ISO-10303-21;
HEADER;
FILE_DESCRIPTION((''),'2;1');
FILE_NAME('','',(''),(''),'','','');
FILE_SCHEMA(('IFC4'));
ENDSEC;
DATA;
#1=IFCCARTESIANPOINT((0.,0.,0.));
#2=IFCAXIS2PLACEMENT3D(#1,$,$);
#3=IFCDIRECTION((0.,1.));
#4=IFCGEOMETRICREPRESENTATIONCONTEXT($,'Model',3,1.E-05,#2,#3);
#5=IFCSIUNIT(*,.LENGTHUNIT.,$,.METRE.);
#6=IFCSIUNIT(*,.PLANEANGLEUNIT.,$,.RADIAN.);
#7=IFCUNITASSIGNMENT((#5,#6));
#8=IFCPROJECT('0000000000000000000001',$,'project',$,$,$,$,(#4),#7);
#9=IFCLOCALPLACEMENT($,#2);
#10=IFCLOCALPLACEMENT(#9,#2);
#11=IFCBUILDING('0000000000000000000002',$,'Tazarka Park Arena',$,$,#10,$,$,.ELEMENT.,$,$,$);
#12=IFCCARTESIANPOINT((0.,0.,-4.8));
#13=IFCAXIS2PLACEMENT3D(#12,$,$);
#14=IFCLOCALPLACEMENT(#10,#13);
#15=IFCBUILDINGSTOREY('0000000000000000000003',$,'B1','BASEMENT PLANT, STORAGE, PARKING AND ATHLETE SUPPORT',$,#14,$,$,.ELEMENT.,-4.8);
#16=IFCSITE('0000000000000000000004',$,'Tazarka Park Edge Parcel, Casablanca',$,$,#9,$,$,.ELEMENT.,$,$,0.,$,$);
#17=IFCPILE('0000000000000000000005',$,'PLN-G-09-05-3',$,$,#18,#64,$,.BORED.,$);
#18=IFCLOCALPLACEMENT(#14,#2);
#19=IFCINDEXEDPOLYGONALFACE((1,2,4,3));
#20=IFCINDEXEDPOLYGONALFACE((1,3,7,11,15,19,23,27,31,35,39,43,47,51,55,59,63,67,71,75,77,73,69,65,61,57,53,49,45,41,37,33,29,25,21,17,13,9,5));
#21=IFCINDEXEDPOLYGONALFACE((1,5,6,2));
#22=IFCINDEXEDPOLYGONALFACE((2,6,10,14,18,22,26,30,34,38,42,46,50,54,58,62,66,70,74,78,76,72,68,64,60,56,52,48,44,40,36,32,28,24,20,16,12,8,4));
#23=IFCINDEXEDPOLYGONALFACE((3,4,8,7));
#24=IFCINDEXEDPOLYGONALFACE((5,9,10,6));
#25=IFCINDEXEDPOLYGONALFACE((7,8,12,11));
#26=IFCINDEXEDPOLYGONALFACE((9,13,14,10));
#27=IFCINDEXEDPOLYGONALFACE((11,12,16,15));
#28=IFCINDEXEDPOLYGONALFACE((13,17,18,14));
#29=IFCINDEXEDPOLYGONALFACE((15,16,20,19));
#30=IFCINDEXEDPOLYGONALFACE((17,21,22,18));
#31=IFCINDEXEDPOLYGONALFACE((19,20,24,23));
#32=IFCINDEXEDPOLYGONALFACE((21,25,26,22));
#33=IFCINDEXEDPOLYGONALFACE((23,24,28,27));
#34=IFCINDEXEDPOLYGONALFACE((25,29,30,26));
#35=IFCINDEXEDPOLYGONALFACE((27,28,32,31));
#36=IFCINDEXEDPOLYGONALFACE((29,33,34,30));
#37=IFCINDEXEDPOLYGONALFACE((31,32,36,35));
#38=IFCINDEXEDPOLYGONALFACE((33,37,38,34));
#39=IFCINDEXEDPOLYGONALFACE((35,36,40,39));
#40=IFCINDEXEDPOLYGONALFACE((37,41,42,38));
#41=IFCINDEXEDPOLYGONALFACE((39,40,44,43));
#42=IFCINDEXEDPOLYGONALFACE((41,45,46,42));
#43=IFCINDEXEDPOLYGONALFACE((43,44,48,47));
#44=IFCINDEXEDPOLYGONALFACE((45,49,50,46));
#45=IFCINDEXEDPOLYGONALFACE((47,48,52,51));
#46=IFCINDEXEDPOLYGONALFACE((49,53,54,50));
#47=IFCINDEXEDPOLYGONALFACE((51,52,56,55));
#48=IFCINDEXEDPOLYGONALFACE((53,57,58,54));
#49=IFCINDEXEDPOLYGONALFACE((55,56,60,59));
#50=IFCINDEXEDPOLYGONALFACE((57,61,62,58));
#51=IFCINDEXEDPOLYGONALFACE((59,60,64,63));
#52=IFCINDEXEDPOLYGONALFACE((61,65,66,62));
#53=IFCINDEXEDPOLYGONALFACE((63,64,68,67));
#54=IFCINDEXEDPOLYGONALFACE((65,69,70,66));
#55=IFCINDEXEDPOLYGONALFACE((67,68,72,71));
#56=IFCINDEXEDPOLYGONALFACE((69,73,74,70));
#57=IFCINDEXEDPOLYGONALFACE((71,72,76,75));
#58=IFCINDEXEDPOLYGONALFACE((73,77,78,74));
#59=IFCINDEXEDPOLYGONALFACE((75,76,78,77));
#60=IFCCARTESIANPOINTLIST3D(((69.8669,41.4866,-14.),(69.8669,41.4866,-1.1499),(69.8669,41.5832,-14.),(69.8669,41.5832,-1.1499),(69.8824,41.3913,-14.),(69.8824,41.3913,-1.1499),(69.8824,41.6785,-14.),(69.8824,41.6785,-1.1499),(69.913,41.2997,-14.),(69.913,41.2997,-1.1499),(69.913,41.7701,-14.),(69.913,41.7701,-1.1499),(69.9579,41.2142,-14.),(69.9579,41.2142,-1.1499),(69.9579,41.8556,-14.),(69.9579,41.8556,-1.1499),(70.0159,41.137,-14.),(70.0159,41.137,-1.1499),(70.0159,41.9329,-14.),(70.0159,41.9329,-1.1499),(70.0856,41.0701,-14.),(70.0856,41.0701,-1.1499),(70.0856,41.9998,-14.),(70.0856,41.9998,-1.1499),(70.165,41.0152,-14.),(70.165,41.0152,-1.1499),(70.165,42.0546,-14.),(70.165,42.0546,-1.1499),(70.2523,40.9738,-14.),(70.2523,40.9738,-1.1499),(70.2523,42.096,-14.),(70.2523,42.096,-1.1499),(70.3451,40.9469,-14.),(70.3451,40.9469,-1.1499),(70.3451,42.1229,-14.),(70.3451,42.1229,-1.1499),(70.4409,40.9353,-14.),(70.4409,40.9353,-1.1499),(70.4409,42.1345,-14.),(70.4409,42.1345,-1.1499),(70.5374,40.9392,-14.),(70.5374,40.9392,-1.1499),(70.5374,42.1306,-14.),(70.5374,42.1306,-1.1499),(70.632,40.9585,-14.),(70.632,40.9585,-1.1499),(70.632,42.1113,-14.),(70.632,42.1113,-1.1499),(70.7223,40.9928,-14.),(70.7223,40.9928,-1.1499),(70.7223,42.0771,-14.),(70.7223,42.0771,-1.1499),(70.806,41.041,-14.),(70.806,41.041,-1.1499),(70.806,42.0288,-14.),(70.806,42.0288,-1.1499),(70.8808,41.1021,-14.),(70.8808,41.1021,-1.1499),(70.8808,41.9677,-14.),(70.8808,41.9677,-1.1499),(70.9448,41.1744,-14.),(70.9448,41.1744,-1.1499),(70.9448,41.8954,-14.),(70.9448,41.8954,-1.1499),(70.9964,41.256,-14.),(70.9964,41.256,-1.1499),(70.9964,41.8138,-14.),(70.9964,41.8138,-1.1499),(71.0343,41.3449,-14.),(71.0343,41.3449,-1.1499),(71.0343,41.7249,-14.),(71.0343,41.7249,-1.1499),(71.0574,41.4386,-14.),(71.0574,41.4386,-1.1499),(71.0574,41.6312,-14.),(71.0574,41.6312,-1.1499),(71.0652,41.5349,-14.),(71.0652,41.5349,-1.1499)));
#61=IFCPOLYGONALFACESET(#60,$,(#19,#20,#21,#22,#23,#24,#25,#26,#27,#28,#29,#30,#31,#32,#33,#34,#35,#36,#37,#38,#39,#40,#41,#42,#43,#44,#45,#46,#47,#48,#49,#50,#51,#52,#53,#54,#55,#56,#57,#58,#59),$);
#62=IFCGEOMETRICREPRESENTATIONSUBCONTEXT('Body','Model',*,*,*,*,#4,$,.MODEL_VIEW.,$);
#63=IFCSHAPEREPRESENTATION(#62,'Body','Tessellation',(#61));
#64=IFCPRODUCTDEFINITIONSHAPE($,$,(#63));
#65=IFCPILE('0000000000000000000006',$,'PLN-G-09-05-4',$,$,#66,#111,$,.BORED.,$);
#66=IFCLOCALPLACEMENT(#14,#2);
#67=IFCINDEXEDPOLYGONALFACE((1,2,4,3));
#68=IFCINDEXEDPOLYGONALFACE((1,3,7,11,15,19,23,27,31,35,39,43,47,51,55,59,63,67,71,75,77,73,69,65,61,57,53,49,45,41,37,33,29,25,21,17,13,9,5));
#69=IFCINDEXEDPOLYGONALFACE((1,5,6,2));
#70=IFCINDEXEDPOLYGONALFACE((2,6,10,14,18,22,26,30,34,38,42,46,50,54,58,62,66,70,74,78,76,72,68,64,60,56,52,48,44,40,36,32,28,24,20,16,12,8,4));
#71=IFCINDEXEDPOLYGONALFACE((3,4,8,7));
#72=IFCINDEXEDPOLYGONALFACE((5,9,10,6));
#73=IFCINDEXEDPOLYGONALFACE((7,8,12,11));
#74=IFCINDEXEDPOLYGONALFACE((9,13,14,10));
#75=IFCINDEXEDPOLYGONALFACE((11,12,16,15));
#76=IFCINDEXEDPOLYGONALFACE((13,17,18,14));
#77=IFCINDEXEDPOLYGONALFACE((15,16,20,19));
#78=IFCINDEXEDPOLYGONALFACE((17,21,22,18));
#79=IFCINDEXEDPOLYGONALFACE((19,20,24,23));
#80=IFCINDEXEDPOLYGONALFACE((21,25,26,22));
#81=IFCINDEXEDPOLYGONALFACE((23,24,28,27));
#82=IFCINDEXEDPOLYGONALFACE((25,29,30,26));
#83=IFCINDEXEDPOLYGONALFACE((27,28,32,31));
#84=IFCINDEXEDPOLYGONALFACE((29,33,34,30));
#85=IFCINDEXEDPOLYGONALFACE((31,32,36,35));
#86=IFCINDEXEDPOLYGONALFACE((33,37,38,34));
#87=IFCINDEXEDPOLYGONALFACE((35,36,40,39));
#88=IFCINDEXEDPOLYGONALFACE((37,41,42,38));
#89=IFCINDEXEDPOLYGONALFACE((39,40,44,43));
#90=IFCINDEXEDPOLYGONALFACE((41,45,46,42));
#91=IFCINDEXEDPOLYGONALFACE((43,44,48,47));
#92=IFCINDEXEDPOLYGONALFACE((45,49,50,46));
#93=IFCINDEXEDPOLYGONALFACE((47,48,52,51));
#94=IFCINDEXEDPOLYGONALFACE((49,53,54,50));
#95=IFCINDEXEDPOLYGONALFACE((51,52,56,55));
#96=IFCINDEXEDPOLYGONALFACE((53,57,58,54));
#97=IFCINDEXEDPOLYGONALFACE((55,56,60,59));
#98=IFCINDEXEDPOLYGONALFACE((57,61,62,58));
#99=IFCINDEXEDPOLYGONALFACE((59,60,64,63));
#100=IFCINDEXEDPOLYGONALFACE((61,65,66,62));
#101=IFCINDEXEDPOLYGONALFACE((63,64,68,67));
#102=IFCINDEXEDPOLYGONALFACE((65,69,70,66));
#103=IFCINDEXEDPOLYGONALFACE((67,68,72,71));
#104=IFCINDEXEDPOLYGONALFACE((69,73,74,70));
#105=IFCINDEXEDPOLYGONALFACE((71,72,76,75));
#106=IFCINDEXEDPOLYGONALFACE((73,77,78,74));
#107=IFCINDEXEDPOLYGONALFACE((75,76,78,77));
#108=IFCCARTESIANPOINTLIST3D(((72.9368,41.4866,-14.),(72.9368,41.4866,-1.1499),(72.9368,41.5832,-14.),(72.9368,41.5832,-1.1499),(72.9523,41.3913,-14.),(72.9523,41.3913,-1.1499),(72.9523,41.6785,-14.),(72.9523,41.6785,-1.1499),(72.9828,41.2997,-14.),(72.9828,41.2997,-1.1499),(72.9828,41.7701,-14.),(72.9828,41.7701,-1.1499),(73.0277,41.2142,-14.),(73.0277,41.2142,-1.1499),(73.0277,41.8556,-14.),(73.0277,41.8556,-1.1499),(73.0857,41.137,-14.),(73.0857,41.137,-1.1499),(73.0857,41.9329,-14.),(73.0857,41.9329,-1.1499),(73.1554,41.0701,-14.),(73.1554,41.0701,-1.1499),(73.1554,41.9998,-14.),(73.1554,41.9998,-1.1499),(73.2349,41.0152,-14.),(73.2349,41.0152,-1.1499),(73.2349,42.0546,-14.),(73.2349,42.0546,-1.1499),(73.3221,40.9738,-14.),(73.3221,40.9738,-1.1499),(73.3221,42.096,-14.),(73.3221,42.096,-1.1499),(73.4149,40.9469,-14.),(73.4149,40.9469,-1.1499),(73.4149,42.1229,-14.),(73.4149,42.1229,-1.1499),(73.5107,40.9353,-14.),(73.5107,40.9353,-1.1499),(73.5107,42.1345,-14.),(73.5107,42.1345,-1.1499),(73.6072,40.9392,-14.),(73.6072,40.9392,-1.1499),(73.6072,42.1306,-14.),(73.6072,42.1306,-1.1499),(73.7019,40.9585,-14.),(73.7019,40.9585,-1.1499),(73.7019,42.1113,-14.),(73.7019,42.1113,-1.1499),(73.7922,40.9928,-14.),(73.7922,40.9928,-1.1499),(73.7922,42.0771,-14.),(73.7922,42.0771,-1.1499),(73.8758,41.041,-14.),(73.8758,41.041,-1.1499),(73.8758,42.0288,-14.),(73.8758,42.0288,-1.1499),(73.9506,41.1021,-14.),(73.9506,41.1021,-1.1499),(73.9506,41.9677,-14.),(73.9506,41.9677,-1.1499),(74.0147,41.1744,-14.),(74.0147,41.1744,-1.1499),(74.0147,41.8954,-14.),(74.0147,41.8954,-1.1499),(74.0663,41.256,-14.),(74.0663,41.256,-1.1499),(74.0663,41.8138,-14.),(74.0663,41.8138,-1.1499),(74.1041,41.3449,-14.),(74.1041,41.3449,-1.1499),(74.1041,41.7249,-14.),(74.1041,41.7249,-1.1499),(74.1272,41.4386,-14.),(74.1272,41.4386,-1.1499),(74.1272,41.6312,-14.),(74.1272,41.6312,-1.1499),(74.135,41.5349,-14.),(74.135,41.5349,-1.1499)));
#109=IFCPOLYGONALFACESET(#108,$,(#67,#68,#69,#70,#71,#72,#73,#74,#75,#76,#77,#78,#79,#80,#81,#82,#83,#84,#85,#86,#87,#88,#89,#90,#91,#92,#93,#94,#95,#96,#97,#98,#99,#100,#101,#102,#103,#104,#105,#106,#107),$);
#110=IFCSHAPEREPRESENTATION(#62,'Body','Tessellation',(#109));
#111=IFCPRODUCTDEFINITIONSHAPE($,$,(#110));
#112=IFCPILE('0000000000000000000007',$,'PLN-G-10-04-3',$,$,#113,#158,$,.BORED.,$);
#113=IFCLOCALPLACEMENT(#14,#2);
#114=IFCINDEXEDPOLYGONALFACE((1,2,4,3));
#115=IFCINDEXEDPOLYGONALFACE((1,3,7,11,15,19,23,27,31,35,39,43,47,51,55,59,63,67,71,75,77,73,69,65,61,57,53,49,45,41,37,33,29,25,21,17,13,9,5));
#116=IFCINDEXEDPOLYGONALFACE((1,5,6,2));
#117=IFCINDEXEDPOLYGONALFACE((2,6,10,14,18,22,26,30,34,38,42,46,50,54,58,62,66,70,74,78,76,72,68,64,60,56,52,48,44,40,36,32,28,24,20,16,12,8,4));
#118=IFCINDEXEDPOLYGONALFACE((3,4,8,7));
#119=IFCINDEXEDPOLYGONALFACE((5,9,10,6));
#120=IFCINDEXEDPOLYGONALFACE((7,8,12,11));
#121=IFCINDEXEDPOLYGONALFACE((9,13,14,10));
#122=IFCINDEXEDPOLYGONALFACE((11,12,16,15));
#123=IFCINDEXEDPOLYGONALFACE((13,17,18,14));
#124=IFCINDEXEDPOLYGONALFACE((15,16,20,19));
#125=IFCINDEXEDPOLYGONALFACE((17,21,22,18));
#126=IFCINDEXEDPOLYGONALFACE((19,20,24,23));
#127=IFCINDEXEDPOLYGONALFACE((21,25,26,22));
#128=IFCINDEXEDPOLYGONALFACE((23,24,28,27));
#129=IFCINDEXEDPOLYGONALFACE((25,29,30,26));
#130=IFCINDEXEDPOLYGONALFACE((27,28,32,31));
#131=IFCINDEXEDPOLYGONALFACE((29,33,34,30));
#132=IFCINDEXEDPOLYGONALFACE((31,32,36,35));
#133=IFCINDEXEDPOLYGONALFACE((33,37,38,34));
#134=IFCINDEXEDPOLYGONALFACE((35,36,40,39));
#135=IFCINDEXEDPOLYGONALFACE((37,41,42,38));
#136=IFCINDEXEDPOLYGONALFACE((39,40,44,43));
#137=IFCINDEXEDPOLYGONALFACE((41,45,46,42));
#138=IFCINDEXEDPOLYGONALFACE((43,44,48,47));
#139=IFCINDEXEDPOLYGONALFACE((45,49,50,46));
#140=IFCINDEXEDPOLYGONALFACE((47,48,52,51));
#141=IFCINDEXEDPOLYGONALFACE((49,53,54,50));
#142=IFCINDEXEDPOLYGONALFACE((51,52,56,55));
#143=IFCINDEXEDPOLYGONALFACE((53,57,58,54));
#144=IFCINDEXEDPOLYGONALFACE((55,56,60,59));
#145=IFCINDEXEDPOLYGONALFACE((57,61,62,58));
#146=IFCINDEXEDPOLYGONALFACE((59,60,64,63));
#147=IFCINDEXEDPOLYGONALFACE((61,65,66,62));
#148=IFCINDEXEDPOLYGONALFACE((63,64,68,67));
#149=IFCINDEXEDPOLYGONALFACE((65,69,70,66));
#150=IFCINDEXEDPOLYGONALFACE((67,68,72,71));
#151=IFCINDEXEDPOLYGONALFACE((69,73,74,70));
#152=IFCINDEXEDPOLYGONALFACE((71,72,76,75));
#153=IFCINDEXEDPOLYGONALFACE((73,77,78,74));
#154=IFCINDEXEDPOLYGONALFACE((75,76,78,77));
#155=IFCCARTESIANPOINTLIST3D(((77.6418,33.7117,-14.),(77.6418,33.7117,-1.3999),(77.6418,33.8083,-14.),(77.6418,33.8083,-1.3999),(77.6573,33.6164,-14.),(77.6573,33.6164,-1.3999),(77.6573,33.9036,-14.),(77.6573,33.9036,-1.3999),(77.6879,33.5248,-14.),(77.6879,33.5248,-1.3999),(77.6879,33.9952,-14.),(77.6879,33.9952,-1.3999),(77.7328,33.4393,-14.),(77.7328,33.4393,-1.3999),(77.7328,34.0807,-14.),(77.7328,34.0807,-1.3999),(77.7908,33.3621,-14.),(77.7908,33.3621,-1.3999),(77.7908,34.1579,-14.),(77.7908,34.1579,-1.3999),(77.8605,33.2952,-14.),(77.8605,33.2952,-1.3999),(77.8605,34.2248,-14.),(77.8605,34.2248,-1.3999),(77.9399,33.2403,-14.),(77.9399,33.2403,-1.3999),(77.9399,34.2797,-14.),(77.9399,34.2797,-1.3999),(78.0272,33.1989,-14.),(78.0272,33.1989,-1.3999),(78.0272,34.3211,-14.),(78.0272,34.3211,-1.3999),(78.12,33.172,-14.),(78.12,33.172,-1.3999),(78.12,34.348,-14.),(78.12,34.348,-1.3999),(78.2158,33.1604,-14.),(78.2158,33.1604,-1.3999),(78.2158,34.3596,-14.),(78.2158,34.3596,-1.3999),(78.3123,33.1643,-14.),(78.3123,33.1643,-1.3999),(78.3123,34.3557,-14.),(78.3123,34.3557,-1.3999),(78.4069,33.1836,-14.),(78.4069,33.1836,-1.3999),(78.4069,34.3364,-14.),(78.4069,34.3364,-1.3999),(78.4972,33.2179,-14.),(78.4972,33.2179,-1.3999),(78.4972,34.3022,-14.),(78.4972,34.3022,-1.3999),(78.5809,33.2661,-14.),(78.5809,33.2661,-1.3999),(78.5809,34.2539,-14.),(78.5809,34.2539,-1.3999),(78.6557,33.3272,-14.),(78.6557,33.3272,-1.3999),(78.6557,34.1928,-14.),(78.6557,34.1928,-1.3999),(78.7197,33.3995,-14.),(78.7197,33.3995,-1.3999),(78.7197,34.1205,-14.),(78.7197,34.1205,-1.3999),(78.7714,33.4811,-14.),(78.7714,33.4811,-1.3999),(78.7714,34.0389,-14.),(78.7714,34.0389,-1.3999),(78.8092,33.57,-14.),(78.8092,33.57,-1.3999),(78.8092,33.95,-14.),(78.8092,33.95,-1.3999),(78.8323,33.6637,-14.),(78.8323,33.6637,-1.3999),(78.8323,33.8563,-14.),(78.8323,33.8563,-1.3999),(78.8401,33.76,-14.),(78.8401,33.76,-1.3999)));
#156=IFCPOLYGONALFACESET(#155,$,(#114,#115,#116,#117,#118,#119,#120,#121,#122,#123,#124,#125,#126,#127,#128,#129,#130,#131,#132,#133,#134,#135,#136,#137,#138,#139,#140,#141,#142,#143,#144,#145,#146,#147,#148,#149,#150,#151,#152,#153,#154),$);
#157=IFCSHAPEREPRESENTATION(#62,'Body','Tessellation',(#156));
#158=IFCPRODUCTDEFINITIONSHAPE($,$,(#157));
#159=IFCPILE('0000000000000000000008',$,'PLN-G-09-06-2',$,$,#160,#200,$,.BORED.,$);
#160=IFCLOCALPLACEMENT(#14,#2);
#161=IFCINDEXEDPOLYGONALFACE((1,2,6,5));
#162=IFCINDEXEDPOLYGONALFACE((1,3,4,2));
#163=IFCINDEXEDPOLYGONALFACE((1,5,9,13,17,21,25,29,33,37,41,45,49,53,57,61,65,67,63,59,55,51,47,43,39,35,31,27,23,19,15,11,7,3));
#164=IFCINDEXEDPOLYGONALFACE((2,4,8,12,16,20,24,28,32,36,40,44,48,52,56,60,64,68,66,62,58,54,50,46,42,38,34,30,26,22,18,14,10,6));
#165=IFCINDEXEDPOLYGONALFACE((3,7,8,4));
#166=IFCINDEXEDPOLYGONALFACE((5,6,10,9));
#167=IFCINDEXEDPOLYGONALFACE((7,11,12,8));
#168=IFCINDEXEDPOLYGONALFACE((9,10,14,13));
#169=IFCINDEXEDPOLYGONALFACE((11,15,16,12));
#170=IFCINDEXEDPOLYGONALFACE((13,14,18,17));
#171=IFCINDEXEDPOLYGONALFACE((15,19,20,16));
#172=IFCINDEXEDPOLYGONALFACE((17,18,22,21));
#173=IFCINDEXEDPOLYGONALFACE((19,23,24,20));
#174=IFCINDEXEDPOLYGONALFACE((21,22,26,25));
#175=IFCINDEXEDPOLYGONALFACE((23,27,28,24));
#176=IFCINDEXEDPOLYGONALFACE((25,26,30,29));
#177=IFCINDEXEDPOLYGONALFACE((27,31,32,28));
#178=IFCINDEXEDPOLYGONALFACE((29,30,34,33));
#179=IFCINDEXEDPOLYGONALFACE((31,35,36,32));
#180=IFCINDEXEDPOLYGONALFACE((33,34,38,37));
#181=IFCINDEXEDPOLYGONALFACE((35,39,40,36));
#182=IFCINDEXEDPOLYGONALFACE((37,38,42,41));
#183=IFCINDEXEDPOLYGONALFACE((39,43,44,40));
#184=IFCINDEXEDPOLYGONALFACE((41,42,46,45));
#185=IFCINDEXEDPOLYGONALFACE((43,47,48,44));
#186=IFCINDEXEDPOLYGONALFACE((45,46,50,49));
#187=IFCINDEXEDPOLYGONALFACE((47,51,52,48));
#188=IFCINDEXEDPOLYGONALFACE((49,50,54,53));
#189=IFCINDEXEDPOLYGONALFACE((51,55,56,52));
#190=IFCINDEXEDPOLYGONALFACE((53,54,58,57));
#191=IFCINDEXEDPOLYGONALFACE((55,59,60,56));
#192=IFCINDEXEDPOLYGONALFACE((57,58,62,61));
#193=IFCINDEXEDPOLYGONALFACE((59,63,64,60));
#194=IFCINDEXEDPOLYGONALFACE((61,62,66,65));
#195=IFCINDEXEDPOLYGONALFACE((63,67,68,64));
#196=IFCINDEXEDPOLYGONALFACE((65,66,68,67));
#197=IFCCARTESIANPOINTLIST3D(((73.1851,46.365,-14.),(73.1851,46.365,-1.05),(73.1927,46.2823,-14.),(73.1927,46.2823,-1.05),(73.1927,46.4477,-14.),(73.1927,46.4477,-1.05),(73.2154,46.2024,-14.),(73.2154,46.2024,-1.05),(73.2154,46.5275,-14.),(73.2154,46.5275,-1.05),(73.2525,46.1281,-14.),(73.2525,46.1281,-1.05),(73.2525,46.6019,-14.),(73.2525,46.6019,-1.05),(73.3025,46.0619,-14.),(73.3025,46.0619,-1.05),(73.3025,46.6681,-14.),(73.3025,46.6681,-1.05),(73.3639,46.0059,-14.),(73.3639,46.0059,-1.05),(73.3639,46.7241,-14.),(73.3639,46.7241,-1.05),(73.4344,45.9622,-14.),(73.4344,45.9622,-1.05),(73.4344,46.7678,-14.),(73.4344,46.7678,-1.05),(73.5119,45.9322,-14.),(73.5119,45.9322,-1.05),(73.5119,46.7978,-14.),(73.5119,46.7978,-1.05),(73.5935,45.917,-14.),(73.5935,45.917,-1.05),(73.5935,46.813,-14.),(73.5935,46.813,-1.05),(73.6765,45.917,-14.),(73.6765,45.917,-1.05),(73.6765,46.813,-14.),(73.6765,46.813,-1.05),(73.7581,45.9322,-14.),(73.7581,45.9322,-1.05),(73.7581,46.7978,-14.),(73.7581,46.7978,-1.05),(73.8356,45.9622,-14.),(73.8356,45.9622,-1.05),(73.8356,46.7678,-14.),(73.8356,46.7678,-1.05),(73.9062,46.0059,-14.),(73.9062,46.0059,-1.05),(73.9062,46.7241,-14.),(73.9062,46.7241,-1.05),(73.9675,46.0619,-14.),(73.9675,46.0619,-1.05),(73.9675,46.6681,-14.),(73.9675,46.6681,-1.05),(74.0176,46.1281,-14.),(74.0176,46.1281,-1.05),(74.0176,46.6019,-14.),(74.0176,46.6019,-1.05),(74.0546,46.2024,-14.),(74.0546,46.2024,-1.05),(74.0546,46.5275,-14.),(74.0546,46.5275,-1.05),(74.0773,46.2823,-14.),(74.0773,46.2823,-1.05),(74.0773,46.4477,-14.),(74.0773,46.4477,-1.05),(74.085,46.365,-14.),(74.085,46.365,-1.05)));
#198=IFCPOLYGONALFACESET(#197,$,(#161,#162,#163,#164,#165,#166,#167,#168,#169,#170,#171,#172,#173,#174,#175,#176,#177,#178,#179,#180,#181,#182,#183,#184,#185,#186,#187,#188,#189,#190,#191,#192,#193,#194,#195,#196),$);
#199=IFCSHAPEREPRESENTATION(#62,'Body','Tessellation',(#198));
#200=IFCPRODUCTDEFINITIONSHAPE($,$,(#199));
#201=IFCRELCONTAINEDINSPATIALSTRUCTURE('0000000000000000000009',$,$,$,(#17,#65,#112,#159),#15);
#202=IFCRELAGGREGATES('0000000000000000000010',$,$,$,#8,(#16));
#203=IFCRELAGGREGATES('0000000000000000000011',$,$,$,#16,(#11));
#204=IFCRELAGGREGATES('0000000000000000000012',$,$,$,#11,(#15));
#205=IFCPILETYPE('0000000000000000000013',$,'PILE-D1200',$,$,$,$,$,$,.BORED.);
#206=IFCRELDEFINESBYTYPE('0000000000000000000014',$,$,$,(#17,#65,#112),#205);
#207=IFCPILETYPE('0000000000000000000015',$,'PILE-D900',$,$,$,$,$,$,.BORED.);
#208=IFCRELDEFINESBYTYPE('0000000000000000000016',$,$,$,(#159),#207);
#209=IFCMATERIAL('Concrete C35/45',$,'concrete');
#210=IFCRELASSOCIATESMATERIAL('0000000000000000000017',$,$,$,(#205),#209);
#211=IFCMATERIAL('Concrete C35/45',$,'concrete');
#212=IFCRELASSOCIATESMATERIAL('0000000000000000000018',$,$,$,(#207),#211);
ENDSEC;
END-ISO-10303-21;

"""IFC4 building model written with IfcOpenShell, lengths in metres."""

from ifc_helpers import new_model, si_unit, direction, frame, origin, origin_2d, place, context, subcontext, project, spatial, circle, extrude, material, material_profile, profile_set, type_object, element, save


model = new_model("IFC4")

# Units and contexts
model_context = context("Model", 3, precision=1e-05, world=origin(), true_north=direction((0.0, 1.0)))
body_context = subcontext(model_context, "Body", "Model", "MODEL_VIEW")
ifc_project = project(units=[si_unit("LENGTHUNIT", "METRE"), si_unit("PLANEANGLEUNIT", "RADIAN")], contexts=[model_context])

# Site, building, storey
site_placement = place(None, origin())
site = spatial("IfcSite", under=ifc_project, at=site_placement, Name="Tazarka Park Edge Parcel, Casablanca", CompositionType="ELEMENT", RefElevation=0.0)
building_placement = place(site_placement, origin())
building = spatial("IfcBuilding", under=site, at=building_placement, Name="Tazarka Park Arena", CompositionType="ELEMENT")
storey_placement = place(building_placement, frame((0.0, 0.0, -4.8)))
storey = spatial("IfcBuildingStorey", under=building, at=storey_placement, Name="B1", Description="BASEMENT PLANT, STORAGE, PARKING AND ATHLETE SUPPORT", CompositionType="ELEMENT", Elevation=-4.8)

# Piles
ifc_material_1 = material(Name="Concrete C35/45", Category="concrete")
ifc_material_profile_1 = material_profile(ifc_material_1, circle(Radius=0.6001, at=origin_2d()), Name="Concrete C35/45")
ifc_profile_set_1 = profile_set([ifc_material_profile_1], Name="Concrete C35/45")
pile_type_1 = type_object("IfcPileType", Name="PILE-D1200", PredefinedType="BORED", material=ifc_profile_set_1)
for number, where, z_axis, x_axis, name in (
    (1, (70.4651, 41.5349, -1.1499), (0.0, 0.0, -1.0), (1.0, 0.0, 0.0), "PLN-G-09-05-3"),
    (2, (73.5349, 41.5349, -1.1499), (0.0, 0.0, -1.0), (1.0, 0.0, 0.0), "PLN-G-09-05-4"),
):
    element("IfcPile", number, at=place(storey_placement, frame(where, z_axis=z_axis, x_axis=x_axis)), inside=storey, type_object=pile_type_1, Name=name, PredefinedType="BORED", context=body_context, shape_type="SweptSolid", body=[
        extrude(circle(Radius=0.6001, at=origin_2d()), origin(), (0.0, 0.0, 1.0), 12.8501),
    ])
pile_1_placement = place(storey_placement, frame((78.24, 33.76, -1.3999), z_axis=(0.0, 0.0, -1.0), x_axis=(1.0, 0.0, 0.0)))
element("IfcPile", 3, at=pile_1_placement, inside=storey, type_object=pile_type_1, Name="PLN-G-10-04-3", PredefinedType="BORED", context=body_context, shape_type="SweptSolid", body=[
    extrude(circle(Radius=0.6001, at=origin_2d()), origin(), (0.0, 0.0, 1.0), 12.6001),
])
ifc_material_2 = material(Name="Concrete C35/45", Category="concrete")
ifc_material_profile_2 = material_profile(ifc_material_2, circle(Radius=0.45, at=origin_2d()), Name="Concrete C35/45")
ifc_profile_set_2 = profile_set([ifc_material_profile_2], Name="Concrete C35/45")
pile_type_2 = type_object("IfcPileType", Name="PILE-D900", PredefinedType="BORED", material=ifc_profile_set_2)
pile_2_placement = place(storey_placement, frame((73.635, 46.365, -1.05), z_axis=(0.0, 0.0, -1.0), x_axis=(1.0, 0.0, 0.0)))
element("IfcPile", 4, at=pile_2_placement, inside=storey, type_object=pile_type_2, Name="PLN-G-09-06-2", PredefinedType="BORED", context=body_context, shape_type="SweptSolid", body=[
    extrude(circle(Radius=0.45, at=origin_2d()), origin(), (0.0, 0.0, 1.0), 12.95),
])

save(model, "model.ifc")
